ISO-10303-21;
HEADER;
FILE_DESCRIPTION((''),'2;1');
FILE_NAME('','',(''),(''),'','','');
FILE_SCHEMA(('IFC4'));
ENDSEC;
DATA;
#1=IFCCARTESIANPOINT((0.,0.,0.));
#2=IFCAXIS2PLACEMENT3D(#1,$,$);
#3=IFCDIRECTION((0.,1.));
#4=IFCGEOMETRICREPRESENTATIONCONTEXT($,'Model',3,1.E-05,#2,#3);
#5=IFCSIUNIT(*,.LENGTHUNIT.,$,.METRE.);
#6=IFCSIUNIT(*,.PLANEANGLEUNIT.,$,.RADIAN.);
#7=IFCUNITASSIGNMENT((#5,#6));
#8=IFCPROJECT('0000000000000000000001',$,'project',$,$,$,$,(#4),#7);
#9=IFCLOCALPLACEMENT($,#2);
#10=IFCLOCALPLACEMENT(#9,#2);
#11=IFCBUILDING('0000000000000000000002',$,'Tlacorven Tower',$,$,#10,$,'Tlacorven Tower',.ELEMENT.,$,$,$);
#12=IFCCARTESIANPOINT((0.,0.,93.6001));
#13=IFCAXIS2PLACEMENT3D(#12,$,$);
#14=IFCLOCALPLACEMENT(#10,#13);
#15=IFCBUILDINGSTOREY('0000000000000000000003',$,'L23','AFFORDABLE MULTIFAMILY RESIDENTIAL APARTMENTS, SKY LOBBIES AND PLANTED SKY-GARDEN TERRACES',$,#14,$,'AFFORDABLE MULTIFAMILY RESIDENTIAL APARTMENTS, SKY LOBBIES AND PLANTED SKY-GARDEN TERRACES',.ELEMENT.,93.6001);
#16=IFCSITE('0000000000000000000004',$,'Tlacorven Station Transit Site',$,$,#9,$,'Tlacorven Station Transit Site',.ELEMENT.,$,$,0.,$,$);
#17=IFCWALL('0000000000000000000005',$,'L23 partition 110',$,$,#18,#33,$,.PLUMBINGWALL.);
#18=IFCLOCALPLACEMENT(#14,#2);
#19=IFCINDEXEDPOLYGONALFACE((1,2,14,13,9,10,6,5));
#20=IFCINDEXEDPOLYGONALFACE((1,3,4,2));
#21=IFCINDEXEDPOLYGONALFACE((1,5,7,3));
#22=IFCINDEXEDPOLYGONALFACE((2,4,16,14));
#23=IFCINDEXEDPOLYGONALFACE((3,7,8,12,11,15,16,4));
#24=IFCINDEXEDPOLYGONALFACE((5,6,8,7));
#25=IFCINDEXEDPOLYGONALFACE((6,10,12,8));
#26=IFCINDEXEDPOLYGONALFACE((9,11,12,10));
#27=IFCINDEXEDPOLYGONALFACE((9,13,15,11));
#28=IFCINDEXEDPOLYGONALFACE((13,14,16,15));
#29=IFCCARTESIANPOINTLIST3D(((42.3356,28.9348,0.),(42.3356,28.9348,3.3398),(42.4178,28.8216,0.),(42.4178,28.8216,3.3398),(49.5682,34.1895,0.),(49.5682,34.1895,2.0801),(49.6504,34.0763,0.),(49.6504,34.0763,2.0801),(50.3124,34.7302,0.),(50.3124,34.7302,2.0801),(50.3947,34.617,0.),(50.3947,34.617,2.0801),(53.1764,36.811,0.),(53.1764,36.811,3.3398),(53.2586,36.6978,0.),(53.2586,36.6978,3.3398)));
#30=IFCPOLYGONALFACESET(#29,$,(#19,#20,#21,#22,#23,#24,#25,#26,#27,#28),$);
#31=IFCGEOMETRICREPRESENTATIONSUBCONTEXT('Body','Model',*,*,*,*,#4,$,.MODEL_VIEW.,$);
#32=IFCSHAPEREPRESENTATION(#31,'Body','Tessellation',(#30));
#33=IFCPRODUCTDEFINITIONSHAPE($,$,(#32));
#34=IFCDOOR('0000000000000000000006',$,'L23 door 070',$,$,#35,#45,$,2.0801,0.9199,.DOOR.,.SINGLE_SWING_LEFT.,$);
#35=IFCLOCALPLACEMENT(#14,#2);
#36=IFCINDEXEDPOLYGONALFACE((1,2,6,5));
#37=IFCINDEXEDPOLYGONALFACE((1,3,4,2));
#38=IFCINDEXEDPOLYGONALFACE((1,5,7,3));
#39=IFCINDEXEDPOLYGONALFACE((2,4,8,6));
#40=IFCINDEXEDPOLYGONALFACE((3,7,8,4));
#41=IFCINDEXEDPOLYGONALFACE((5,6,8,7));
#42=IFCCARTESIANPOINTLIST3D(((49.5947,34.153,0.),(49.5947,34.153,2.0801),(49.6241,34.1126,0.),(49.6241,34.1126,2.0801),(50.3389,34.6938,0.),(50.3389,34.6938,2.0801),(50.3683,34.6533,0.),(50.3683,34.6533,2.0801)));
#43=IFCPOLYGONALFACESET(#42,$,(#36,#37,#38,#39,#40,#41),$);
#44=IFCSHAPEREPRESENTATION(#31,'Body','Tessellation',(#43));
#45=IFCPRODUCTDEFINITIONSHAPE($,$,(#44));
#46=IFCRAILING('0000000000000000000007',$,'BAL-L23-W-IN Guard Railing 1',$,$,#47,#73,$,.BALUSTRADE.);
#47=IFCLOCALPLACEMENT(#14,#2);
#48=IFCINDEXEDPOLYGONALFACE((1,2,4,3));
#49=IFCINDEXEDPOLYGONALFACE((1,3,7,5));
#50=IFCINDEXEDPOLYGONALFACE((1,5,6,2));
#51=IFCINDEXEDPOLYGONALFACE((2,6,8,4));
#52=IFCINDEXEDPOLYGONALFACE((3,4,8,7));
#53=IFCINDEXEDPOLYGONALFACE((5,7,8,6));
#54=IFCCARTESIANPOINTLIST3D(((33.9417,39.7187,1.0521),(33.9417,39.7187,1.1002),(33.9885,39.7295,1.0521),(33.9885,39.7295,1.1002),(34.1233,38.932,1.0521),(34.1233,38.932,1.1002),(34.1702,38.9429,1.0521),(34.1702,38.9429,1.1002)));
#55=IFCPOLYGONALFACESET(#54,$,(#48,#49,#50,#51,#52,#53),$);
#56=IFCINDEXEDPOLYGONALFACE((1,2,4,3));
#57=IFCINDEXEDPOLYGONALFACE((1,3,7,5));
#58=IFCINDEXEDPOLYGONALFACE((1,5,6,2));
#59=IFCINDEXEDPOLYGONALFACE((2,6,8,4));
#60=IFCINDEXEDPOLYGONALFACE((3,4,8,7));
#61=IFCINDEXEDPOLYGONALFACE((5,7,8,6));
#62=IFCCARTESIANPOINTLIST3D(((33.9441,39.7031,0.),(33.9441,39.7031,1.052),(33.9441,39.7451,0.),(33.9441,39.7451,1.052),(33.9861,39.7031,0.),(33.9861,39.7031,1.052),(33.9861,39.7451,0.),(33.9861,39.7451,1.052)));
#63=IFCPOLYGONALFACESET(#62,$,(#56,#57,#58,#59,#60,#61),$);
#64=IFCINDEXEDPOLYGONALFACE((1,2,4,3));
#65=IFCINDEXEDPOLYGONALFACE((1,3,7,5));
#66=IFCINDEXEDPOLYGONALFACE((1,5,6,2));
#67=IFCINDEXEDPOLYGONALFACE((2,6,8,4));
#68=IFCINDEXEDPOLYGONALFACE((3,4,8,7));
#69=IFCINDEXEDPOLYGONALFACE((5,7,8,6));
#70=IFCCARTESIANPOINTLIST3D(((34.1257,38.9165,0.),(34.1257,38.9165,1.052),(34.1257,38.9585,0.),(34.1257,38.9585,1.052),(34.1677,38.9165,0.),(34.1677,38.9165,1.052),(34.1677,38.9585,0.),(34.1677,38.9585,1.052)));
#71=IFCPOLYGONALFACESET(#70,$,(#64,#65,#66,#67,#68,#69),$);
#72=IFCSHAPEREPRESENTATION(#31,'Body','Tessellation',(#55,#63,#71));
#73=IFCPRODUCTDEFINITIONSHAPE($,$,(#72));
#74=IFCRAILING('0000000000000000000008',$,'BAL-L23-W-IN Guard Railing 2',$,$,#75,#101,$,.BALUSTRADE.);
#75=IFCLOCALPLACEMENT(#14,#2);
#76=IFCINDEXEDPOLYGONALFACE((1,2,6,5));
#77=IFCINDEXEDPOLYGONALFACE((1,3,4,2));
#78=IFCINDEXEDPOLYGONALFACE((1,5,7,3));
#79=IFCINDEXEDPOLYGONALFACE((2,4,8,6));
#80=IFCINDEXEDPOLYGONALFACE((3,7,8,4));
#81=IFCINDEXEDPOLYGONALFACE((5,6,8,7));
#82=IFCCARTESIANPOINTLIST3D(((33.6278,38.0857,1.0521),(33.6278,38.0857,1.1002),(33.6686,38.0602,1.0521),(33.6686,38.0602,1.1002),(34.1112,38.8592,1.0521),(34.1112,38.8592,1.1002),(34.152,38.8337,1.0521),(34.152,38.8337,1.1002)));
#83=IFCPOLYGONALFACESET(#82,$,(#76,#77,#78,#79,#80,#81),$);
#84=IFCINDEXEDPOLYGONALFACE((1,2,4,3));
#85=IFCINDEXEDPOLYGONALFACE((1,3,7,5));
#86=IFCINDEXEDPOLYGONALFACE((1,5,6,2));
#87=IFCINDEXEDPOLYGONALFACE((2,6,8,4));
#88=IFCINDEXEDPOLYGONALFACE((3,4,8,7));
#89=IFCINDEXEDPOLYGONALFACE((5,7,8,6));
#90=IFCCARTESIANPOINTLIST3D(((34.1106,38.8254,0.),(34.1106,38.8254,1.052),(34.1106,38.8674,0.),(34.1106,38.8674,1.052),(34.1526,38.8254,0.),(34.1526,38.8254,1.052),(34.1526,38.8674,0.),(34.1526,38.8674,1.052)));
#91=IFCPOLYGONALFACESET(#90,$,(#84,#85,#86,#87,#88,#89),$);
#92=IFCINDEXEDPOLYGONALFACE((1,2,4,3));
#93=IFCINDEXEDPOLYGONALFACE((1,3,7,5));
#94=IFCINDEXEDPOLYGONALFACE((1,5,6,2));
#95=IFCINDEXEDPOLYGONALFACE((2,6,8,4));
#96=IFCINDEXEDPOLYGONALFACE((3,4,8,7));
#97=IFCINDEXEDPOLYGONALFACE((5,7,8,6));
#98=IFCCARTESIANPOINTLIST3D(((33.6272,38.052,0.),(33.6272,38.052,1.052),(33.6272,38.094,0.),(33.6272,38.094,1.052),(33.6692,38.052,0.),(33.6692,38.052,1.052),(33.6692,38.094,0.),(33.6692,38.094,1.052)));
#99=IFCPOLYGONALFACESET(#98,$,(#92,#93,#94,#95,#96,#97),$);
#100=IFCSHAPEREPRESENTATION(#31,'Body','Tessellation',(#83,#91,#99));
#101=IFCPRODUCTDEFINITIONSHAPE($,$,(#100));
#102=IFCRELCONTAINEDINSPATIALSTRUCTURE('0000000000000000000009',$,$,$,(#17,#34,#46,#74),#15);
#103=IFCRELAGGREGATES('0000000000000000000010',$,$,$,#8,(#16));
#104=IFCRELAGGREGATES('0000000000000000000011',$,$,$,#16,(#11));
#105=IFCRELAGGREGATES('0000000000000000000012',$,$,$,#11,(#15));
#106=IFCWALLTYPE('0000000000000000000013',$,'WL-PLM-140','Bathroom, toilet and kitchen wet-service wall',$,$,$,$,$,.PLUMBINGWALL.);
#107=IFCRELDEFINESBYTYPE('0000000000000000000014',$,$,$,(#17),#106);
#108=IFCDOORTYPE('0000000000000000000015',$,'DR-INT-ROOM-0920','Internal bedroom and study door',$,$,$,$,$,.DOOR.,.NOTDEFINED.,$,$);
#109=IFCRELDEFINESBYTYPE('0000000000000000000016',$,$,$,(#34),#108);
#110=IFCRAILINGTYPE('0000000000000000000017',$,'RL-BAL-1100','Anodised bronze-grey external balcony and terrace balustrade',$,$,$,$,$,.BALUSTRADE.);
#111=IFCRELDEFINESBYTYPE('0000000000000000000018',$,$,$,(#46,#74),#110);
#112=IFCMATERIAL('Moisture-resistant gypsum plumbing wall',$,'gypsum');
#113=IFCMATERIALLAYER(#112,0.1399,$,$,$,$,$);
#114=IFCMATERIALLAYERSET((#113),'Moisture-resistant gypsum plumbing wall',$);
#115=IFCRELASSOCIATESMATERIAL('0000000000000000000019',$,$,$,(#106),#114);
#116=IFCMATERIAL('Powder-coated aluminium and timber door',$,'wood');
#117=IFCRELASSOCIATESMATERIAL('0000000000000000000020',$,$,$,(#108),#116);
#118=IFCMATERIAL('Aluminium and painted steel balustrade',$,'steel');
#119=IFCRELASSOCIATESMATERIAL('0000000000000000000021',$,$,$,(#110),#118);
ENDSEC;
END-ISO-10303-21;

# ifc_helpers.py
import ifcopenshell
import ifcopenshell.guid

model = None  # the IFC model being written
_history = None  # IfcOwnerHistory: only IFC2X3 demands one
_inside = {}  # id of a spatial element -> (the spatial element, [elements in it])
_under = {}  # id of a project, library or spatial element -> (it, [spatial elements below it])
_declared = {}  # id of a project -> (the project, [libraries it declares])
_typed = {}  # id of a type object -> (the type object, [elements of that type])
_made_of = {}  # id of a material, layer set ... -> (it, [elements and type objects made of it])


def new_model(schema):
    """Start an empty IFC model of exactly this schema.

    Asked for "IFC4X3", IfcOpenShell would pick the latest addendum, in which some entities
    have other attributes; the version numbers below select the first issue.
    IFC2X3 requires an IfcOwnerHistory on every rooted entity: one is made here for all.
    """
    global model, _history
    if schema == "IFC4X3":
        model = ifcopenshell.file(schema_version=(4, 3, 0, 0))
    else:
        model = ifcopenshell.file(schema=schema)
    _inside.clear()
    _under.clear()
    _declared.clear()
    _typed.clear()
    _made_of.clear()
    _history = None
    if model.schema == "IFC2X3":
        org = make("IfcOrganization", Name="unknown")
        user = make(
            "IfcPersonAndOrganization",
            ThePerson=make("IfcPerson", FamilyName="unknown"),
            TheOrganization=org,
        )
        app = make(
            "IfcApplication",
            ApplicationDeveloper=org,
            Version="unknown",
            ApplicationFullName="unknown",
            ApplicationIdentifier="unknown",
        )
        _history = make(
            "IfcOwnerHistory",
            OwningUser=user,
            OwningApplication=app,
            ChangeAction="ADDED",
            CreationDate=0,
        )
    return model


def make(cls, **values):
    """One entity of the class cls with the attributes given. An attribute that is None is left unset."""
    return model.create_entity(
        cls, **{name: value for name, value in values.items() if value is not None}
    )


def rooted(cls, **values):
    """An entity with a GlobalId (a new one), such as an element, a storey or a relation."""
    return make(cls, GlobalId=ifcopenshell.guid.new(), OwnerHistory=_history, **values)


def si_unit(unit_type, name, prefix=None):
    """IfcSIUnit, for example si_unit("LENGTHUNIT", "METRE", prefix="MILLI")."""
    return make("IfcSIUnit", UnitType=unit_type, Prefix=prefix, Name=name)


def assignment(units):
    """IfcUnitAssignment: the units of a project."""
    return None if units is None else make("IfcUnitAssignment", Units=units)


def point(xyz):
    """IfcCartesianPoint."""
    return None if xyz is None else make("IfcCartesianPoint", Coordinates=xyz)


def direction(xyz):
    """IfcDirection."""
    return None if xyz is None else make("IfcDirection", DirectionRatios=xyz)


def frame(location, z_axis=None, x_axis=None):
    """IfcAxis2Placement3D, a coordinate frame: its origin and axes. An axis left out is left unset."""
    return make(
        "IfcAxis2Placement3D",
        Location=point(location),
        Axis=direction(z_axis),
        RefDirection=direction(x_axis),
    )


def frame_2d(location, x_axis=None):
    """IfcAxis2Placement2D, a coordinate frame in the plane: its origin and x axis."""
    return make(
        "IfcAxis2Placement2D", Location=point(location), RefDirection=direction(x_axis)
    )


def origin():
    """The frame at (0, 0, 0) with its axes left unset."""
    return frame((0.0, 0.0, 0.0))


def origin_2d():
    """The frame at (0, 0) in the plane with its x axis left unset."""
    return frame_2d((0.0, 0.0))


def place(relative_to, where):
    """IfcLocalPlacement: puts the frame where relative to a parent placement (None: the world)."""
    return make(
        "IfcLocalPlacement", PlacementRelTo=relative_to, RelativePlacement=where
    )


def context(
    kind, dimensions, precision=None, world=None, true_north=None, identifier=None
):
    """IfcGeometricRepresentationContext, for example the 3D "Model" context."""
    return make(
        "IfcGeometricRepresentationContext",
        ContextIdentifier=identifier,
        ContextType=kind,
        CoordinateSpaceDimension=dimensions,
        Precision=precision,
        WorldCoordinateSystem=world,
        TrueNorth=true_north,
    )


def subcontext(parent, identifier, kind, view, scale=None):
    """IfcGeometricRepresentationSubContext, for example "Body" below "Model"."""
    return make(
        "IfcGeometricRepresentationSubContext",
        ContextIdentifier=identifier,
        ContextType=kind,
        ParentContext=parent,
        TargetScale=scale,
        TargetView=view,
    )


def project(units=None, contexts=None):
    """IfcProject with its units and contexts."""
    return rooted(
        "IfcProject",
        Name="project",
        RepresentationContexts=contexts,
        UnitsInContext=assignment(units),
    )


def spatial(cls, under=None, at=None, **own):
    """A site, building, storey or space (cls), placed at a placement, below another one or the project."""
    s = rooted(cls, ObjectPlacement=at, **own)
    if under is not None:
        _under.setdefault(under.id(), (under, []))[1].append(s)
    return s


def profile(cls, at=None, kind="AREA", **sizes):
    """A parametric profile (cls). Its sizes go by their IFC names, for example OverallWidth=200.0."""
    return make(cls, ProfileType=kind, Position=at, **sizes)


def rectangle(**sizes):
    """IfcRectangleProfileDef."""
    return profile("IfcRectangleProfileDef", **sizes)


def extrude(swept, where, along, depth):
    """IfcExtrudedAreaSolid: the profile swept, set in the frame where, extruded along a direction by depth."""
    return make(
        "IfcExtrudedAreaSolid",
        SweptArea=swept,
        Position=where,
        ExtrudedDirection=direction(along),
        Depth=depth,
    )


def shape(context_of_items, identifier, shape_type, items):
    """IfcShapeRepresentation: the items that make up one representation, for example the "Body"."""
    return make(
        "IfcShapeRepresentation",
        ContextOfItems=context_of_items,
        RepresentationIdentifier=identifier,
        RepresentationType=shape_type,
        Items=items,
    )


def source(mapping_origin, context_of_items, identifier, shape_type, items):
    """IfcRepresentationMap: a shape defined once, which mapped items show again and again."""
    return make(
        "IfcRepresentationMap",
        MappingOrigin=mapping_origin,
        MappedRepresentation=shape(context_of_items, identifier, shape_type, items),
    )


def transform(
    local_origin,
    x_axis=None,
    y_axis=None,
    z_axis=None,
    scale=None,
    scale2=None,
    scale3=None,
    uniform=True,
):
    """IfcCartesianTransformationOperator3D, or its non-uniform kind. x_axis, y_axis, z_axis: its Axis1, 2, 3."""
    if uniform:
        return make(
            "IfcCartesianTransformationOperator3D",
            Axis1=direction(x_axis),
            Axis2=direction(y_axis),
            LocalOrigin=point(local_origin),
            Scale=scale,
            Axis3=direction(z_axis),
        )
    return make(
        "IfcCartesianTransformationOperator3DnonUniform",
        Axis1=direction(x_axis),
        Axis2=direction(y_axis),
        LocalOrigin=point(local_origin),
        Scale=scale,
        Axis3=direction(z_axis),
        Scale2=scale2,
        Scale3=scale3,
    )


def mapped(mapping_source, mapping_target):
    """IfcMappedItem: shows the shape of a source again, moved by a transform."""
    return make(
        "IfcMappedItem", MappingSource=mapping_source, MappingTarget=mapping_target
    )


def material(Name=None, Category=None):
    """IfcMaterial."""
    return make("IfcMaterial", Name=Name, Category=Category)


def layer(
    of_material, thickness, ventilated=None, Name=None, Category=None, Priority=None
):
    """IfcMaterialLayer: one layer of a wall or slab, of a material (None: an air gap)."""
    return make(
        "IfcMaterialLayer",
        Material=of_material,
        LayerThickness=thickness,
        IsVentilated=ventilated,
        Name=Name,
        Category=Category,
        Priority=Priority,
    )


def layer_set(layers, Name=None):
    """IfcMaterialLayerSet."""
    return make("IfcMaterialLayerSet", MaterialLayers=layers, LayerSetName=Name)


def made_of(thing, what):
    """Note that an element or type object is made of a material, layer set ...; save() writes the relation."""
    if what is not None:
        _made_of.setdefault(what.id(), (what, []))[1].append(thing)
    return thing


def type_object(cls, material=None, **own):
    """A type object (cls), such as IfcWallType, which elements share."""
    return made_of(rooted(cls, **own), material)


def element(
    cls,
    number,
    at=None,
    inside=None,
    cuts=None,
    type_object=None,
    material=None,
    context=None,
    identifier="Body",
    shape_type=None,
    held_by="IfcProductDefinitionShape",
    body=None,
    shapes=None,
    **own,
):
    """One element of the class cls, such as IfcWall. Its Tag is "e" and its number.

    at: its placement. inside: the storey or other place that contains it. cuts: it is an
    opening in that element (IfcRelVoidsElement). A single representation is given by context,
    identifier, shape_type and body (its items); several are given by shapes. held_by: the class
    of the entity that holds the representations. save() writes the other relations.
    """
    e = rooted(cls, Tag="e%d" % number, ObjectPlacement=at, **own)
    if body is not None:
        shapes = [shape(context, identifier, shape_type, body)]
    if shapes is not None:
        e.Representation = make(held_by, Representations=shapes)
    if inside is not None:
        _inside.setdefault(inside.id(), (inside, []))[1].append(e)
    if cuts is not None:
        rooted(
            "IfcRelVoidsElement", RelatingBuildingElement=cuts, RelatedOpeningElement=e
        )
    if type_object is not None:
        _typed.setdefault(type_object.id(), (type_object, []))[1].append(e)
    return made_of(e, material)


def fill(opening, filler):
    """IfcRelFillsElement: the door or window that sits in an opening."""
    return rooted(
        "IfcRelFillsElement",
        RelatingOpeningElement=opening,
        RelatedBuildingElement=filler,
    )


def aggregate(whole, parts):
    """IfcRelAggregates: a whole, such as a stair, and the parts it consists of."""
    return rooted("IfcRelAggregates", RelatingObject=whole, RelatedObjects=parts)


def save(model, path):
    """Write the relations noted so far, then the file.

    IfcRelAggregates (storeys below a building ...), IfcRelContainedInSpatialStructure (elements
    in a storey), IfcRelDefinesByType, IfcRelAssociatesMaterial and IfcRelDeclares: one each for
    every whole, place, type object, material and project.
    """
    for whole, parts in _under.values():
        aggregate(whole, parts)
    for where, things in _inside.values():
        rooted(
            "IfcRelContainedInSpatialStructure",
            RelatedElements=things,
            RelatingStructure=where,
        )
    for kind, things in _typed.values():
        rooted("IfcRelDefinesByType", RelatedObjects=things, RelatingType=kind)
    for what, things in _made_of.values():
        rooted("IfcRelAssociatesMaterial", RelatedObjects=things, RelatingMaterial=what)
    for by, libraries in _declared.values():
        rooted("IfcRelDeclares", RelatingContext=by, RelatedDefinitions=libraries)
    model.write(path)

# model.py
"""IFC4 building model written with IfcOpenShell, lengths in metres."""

from ifc_helpers import new_model, si_unit, direction, frame, frame_2d, origin, origin_2d, place, context, subcontext, project, spatial, rectangle, extrude, source, transform, mapped, material, layer, layer_set, type_object, element, fill, save


model = new_model("IFC4")

# Units and contexts
model_context = context("Model", 3, precision=1e-05, world=origin(), true_north=direction((0.0, 1.0)))
body_context = subcontext(model_context, "Body", "Model", "MODEL_VIEW")
ifc_project = project(units=[si_unit("LENGTHUNIT", "METRE"), si_unit("PLANEANGLEUNIT", "RADIAN")], contexts=[model_context])

# Site, building, storey
site_placement = place(None, origin())
site = spatial("IfcSite", under=ifc_project, at=site_placement, Name="Tlacorven Station Transit Site", LongName="Tlacorven Station Transit Site", CompositionType="ELEMENT", RefElevation=0.0)
building_placement = place(site_placement, origin())
building = spatial("IfcBuilding", under=site, at=building_placement, Name="Tlacorven Tower", LongName="Tlacorven Tower", CompositionType="ELEMENT")
storey_placement = place(building_placement, frame((0.0, 0.0, 93.6001)))
storey = spatial("IfcBuildingStorey", under=building, at=storey_placement, Name="L23", Description="AFFORDABLE MULTIFAMILY RESIDENTIAL APARTMENTS, SKY LOBBIES AND PLANTED SKY-GARDEN TERRACES", LongName="AFFORDABLE MULTIFAMILY RESIDENTIAL APARTMENTS, SKY LOBBIES AND PLANTED SKY-GARDEN TERRACES", CompositionType="ELEMENT", Elevation=93.6001)

# Shared definitions
ifc_material_1 = material(Name="Powder-coated aluminium and timber door", Category="wood")

# Wall, opening, door
ifc_material_2 = material(Name="Moisture-resistant gypsum plumbing wall", Category="gypsum")
ifc_layer_1 = layer(ifc_material_2, 0.1399)
ifc_layer_set_1 = layer_set([ifc_layer_1], Name="Moisture-resistant gypsum plumbing wall")
wall_type_1 = type_object("IfcWallType", Name="WL-PLM-140", Description="Bathroom, toilet and kitchen wet-service wall", PredefinedType="PLUMBINGWALL", material=ifc_layer_set_1)
door_type_1 = type_object("IfcDoorType", Name="DR-INT-ROOM-0920", Description="Internal bedroom and study door", OperationType="NOTDEFINED", PredefinedType="DOOR", material=ifc_material_1)
shared_shape_1 = source(origin(), body_context, "Body", "SweptSolid", [
    extrude(rectangle(XDim=0.9199, YDim=2.0801, at=frame_2d((0.46, 1.04))), frame((0.0, 0.0249, 0.0), z_axis=(0.0, -1.0, 0.0), x_axis=(1.0, 0.0, 0.0)), (0.0, 0.0, 1.0), 0.05),
])
wall_1_placement = place(storey_placement, frame((42.3767, 28.8782, 0.0), z_axis=(0.0, 0.0, 1.0), x_axis=(0.80902, 0.587781, 0.0)))
wall_1 = element("IfcWall", 1, at=wall_1_placement, inside=storey, type_object=wall_type_1, Name="L23 partition 110", PredefinedType="PLUMBINGWALL", context=body_context, shape_type="SweptSolid", body=[
    extrude(rectangle(XDim=13.3999, YDim=0.1399, at=frame_2d((6.7, 0.0))), origin(), (0.0, 0.0, 1.0), 3.3398),
])
opening_1_placement = place(wall_1_placement, frame((8.9399, 0.0, 0.0)))
opening_1 = element("IfcOpeningElement", 2, at=opening_1_placement, cuts=wall_1, PredefinedType="OPENING", context=body_context, shape_type="SweptSolid", body=[
    extrude(rectangle(XDim=0.9199, YDim=2.0801, at=frame_2d((0.46, 1.04))), frame((0.0, 0.0801, 0.0), z_axis=(0.0, -1.0, 0.0), x_axis=(1.0, 0.0, 0.0)), (0.0, 0.0, 1.0), 0.1599),
])
door_1_placement = place(opening_1_placement, origin())
door_1 = element("IfcDoor", 3, at=door_1_placement, inside=storey, type_object=door_type_1, Name="L23 door 070", OperationType="SINGLE_SWING_LEFT", OverallHeight=2.0801, OverallWidth=0.9199, PredefinedType="DOOR", context=body_context, shape_type="MappedRepresentation", body=[
    mapped(shared_shape_1, transform((0.0, 0.0, 0.0), scale=1.0)),
])
fill(opening_1, door_1)

# Railings
ifc_material_3 = material(Name="Aluminium and painted steel balustrade", Category="steel")
railing_type = type_object("IfcRailingType", Name="RL-BAL-1100", Description="Anodised bronze-grey external balcony and terrace balustrade", PredefinedType="BALUSTRADE", material=ifc_material_3)
shared_shape_2 = source(origin(), body_context, "Body", "SweptSolid", [
    extrude(rectangle(XDim=0.0481, YDim=0.0481, at=origin_2d()), frame((0.0, 0.0, 1.0762), z_axis=(0.224992, -0.974361, 0.0), x_axis=(0.974361, 0.224992, 0.0)), (0.0, 0.0, 1.0), 0.8074),
    extrude(rectangle(XDim=0.042, YDim=0.042, at=origin_2d()), origin(), (0.0, 0.0, 1.0), 1.052),
    extrude(rectangle(XDim=0.042, YDim=0.042, at=origin_2d()), frame((0.1816, -0.7866, 0.0)), (0.0, 0.0, 1.0), 1.052),
])
railing_1_placement = place(storey_placement, frame((33.9651, 39.7241, 0.0)))
element("IfcRailing", 4, at=railing_1_placement, inside=storey, type_object=railing_type, Name="BAL-L23-W-IN Guard Railing 1", PredefinedType="BALUSTRADE", context=body_context, shape_type="MappedRepresentation", body=[
    mapped(shared_shape_2, transform((0.0, 0.0, 0.0), scale=1.0)),
])
shared_shape_3 = source(origin(), body_context, "Body", "SweptSolid", [
    extrude(rectangle(XDim=0.0481, YDim=0.0481, at=origin_2d()), frame((0.0, 0.0, 1.0762), z_axis=(-0.529999, -0.847998, 0.0), x_axis=(0.847998, -0.529999, 0.0)), (0.0, 0.0, 1.0), 0.9121),
    extrude(rectangle(XDim=0.042, YDim=0.042, at=origin_2d()), origin(), (0.0, 0.0, 1.0), 1.052),
    extrude(rectangle(XDim=0.042, YDim=0.042, at=origin_2d()), frame((-0.4834, -0.7734, 0.0)), (0.0, 0.0, 1.0), 1.052),
])
railing_2_placement = place(storey_placement, frame((34.1316, 38.8464, 0.0)))
element("IfcRailing", 5, at=railing_2_placement, inside=storey, type_object=railing_type, Name="BAL-L23-W-IN Guard Railing 2", PredefinedType="BALUSTRADE", context=body_context, shape_type="MappedRepresentation", body=[
    mapped(shared_shape_3, transform((0.0, 0.0, 0.0), scale=1.0)),
])

save(model, "model.ifc")
